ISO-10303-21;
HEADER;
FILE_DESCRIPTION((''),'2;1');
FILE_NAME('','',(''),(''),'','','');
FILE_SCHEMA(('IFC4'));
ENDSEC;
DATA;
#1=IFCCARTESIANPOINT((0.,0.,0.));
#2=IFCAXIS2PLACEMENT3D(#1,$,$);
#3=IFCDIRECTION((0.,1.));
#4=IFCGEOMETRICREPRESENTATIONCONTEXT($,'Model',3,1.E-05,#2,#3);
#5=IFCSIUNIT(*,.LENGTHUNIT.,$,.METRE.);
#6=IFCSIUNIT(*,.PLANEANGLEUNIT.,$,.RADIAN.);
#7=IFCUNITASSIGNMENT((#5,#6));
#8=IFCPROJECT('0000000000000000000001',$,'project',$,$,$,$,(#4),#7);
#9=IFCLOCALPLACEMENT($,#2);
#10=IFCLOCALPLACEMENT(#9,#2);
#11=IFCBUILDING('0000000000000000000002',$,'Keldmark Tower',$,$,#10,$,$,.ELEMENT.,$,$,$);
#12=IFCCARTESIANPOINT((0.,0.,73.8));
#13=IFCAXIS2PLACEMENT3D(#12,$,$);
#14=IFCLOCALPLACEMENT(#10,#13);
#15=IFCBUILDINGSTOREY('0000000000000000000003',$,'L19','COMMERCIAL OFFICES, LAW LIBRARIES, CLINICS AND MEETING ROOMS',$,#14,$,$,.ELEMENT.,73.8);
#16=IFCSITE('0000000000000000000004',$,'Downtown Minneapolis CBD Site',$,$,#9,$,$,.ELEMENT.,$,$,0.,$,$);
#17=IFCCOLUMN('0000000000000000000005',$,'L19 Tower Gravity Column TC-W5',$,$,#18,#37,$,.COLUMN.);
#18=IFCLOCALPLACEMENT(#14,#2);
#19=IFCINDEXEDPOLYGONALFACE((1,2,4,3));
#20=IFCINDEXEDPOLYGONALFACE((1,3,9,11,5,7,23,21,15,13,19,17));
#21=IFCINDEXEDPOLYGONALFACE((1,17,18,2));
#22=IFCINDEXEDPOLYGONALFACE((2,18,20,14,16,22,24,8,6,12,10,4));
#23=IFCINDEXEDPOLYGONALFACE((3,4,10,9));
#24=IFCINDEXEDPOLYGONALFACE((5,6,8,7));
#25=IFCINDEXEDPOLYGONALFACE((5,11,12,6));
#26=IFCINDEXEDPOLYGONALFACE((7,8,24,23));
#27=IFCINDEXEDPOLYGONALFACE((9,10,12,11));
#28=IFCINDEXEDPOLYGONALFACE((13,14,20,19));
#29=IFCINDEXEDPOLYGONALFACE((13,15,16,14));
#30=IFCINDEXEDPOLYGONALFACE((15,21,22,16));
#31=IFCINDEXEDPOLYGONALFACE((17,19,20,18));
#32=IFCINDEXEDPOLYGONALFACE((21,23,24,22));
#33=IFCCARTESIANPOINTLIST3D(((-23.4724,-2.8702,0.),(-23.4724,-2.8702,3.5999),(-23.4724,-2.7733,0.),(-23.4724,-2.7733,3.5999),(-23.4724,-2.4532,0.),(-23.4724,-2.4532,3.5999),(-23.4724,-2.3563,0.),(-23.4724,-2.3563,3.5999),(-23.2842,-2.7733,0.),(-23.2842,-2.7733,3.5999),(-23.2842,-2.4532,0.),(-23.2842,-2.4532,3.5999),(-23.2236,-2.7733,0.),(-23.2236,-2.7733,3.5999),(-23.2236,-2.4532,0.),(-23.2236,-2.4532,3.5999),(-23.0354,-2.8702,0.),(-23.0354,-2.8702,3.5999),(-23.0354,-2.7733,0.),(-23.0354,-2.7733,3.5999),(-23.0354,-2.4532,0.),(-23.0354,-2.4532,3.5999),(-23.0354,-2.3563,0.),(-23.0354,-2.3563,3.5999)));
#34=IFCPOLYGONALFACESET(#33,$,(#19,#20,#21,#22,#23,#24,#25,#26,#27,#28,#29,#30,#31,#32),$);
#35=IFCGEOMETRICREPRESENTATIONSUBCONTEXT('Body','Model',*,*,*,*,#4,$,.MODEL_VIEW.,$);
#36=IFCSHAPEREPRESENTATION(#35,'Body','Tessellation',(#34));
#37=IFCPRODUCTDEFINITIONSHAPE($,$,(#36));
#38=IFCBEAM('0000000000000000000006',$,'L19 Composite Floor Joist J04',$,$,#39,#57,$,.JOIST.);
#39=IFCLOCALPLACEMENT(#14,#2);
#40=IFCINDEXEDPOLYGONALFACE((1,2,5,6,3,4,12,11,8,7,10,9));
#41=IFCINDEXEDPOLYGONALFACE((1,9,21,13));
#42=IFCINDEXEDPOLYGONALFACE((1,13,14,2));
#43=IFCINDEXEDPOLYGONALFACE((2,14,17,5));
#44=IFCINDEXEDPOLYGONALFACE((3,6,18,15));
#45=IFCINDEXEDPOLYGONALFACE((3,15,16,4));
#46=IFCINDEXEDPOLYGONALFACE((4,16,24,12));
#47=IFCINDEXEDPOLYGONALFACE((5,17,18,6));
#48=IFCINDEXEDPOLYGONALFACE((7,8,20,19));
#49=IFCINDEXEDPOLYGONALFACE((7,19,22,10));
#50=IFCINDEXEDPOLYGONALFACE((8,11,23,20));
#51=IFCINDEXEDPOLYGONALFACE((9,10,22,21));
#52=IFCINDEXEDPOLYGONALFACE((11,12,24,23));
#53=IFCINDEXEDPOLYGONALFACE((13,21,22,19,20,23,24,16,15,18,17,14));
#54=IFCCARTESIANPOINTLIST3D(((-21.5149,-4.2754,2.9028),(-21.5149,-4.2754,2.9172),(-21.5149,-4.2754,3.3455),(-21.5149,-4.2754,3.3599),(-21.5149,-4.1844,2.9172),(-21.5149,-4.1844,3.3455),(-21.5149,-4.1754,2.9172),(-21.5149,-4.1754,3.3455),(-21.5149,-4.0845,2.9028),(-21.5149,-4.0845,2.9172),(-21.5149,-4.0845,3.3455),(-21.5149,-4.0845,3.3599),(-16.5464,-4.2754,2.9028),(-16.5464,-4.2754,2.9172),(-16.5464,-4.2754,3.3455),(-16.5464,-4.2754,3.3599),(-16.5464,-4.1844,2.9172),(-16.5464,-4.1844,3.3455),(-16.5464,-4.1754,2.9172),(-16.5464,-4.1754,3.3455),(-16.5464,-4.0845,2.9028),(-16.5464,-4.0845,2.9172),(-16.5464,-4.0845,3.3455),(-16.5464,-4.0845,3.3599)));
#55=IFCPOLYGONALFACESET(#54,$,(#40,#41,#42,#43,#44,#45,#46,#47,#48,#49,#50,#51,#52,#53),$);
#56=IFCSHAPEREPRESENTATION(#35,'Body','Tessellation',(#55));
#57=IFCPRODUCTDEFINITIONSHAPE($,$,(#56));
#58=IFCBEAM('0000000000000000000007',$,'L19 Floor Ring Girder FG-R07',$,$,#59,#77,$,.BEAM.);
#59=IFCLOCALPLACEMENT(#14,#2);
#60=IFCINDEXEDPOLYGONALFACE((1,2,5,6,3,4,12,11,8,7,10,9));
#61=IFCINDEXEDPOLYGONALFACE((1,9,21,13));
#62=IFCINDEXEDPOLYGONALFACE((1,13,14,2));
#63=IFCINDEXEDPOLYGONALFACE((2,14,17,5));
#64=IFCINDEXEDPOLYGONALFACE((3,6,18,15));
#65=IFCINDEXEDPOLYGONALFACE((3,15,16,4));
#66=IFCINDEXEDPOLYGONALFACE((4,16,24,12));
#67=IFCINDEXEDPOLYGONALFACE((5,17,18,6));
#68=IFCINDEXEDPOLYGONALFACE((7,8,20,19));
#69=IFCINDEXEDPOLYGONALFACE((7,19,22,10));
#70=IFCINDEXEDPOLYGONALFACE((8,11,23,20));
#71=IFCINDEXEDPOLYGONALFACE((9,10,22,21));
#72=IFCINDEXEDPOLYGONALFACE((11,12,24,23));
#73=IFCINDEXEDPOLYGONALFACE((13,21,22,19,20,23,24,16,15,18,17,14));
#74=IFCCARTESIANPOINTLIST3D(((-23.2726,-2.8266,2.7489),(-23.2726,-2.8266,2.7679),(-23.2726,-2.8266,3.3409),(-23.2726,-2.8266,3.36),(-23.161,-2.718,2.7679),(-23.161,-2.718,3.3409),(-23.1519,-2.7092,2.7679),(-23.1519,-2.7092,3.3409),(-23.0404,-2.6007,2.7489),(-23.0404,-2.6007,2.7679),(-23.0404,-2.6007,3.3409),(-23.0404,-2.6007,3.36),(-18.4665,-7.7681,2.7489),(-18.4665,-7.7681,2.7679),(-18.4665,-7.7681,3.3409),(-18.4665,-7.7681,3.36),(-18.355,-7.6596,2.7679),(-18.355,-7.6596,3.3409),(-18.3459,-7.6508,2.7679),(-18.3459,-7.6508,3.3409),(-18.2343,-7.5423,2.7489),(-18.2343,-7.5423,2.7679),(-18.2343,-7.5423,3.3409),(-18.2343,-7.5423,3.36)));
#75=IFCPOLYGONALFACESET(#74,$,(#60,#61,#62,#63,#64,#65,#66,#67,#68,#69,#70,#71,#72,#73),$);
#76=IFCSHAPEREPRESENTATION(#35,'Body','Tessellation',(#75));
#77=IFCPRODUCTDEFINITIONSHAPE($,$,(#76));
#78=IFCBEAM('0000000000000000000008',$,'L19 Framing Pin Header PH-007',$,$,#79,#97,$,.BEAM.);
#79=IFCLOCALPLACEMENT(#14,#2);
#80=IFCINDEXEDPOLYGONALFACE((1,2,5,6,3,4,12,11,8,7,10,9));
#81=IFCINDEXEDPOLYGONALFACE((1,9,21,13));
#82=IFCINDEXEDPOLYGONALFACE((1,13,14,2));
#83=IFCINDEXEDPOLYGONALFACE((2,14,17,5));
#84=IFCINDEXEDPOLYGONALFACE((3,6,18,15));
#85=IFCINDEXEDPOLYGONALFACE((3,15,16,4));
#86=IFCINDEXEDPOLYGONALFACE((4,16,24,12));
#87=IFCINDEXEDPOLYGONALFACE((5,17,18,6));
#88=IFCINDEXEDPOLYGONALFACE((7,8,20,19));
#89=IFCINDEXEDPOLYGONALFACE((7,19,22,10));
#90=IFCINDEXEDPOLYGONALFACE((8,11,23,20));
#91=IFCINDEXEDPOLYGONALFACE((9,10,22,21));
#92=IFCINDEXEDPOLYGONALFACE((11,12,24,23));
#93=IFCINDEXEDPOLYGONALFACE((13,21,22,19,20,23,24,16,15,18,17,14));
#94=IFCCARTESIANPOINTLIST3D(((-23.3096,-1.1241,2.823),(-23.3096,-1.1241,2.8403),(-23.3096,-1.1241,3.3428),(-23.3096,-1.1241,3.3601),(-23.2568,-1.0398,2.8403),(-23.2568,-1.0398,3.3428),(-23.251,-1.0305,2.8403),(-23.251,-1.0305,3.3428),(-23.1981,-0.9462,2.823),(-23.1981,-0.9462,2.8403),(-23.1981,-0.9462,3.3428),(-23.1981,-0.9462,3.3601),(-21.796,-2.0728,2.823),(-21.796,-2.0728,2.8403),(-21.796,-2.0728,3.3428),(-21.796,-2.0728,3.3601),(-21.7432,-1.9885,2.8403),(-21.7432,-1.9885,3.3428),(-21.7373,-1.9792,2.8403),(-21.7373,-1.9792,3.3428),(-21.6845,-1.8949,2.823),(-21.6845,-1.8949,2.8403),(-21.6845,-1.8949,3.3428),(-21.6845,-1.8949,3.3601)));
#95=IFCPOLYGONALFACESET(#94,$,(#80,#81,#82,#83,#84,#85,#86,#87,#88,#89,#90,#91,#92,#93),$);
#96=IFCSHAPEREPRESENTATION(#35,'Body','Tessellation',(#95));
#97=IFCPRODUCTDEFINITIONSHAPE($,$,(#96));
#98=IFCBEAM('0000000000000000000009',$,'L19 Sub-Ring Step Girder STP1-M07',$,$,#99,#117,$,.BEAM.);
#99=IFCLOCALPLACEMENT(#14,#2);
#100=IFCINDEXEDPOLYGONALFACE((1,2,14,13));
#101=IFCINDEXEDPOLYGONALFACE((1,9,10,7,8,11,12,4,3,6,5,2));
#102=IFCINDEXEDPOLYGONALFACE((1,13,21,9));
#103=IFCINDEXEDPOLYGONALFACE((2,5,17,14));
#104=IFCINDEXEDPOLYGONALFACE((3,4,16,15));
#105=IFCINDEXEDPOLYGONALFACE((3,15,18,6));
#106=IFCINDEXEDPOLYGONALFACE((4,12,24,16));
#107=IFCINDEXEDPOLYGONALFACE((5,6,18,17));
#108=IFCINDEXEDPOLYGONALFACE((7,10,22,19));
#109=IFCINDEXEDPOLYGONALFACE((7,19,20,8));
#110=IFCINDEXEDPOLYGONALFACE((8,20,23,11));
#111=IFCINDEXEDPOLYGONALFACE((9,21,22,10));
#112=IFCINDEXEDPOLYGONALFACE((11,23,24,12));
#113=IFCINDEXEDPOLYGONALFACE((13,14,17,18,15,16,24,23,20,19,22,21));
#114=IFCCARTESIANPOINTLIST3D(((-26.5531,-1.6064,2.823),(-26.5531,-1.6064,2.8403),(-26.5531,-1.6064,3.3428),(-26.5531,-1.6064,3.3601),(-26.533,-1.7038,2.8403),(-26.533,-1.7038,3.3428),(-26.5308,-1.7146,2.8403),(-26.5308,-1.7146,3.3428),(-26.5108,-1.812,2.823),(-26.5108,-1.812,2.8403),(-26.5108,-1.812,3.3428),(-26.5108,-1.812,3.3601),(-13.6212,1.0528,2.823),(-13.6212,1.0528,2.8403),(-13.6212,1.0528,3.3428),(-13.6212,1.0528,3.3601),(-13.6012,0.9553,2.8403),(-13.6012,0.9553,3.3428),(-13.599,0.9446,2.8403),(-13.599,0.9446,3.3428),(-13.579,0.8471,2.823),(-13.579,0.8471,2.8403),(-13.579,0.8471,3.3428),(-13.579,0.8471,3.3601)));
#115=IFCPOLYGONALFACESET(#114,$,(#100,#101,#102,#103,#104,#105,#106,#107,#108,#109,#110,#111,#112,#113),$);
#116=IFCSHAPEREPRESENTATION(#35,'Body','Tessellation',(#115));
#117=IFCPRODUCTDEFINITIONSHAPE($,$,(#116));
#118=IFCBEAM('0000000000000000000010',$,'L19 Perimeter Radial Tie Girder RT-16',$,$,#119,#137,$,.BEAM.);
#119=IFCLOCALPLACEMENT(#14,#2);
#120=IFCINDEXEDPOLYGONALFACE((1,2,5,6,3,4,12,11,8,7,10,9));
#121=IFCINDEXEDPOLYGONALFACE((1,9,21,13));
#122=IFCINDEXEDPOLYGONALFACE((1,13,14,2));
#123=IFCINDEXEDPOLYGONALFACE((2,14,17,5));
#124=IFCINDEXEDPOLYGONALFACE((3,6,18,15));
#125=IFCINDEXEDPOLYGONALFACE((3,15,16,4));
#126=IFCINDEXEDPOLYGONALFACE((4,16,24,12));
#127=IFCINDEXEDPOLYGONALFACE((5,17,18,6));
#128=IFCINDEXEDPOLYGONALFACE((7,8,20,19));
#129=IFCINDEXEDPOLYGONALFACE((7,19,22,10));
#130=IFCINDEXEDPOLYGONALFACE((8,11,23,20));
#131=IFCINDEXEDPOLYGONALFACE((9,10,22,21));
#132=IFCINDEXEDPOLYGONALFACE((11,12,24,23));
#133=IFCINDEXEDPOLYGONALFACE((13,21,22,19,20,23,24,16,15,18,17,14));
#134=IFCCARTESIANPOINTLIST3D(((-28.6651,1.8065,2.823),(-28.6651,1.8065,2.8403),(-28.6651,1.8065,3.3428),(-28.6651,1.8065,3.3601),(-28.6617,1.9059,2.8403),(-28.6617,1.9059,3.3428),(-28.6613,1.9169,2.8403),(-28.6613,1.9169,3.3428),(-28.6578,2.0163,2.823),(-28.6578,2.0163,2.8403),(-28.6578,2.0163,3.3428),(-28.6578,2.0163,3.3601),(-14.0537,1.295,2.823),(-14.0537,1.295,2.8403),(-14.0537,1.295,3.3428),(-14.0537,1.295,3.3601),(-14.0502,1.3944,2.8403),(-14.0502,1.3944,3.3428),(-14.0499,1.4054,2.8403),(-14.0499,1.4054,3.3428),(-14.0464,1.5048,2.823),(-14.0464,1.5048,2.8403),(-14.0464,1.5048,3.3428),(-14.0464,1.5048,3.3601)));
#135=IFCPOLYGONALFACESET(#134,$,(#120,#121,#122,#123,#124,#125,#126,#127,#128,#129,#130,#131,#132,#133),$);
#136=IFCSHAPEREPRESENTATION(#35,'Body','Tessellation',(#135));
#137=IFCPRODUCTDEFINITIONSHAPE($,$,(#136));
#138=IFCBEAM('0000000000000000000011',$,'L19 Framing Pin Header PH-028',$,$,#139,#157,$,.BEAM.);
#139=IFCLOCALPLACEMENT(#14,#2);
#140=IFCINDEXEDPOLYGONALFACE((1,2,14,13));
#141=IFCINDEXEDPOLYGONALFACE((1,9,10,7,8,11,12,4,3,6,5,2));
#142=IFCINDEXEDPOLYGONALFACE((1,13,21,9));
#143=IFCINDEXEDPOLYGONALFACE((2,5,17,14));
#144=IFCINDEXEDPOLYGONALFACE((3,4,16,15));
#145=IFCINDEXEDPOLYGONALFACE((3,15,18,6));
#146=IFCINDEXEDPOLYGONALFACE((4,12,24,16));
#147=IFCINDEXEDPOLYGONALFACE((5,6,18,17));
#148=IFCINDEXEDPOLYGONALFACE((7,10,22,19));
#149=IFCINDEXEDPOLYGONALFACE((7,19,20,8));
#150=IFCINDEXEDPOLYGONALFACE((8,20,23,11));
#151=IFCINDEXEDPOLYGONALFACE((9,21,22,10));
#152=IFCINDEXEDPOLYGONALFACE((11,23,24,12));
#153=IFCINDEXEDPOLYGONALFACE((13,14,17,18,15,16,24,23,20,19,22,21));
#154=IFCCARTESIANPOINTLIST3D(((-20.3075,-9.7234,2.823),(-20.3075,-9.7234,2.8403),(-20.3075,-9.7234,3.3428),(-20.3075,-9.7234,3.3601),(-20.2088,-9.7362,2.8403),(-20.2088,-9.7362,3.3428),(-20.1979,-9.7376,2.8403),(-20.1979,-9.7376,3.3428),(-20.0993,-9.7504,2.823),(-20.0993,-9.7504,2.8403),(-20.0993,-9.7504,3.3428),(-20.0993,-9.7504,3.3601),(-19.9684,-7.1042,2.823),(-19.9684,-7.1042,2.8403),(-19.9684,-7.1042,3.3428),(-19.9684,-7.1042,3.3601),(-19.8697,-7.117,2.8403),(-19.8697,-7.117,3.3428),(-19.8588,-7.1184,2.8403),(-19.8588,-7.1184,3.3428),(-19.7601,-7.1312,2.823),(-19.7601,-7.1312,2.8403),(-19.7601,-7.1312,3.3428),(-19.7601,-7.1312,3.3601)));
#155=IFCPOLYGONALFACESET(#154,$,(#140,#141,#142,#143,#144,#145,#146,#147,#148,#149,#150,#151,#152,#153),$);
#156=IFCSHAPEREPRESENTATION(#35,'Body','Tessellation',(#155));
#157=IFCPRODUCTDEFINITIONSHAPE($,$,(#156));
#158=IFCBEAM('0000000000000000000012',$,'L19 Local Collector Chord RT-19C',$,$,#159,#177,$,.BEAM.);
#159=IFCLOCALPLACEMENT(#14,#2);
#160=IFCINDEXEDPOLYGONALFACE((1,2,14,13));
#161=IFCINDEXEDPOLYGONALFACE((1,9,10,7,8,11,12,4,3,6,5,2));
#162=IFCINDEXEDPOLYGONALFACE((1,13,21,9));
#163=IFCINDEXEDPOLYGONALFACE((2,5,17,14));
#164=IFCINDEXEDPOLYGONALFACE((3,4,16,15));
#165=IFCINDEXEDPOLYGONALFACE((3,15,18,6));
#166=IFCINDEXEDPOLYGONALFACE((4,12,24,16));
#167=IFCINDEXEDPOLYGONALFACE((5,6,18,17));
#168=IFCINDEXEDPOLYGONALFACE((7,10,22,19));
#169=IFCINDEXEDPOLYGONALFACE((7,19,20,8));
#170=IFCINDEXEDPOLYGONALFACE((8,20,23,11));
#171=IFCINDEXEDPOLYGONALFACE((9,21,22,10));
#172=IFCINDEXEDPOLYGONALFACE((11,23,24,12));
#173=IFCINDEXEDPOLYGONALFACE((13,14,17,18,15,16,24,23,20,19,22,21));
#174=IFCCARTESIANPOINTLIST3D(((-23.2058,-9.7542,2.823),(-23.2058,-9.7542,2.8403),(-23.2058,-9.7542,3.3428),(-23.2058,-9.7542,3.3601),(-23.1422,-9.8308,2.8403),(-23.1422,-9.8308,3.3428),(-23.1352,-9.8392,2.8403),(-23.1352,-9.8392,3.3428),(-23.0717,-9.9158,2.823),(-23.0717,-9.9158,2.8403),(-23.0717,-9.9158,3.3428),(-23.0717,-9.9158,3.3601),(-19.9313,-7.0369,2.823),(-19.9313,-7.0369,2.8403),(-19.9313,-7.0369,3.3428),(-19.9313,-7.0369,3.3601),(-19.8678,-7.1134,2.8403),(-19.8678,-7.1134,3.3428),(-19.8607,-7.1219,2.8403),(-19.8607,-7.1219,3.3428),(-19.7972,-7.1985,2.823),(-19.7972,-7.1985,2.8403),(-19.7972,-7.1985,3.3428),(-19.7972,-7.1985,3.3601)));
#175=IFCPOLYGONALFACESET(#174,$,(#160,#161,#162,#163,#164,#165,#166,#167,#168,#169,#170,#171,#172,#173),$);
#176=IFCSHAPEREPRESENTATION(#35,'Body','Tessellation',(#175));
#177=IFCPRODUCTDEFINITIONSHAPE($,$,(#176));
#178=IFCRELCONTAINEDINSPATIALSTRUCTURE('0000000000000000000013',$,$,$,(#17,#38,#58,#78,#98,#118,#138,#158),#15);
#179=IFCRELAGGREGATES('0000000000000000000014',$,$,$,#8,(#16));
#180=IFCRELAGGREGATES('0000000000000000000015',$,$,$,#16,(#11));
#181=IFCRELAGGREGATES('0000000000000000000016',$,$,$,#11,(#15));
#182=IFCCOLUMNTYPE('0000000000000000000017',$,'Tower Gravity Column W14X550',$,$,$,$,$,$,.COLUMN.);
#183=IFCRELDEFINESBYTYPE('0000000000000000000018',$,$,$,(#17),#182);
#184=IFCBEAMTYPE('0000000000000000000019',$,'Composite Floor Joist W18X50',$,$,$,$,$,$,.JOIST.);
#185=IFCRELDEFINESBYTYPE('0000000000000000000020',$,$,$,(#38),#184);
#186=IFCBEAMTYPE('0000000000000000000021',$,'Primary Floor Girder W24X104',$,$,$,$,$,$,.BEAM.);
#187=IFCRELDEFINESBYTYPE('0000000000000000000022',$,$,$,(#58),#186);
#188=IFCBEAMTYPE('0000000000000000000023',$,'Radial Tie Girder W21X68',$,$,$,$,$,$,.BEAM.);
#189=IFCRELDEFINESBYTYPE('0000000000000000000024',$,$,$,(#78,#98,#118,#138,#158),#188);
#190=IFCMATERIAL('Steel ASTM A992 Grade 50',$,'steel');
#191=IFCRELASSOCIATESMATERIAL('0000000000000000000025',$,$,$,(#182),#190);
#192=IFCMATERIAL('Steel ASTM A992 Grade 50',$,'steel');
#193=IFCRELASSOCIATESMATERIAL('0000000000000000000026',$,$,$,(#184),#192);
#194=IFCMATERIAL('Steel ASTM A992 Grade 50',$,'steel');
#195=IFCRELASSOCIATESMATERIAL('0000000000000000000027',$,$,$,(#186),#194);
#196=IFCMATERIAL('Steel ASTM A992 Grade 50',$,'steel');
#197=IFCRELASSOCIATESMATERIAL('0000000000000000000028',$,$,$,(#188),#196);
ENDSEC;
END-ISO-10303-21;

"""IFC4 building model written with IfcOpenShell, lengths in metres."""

from ifc_helpers import new_model, si_unit, direction, frame, origin, origin_2d, place, context, subcontext, project, spatial, i_section, extrude, material, material_profile, profile_set, type_object, element, save


model = new_model("IFC4")

# Units and contexts
model_context = context("Model", 3, precision=1e-05, world=origin(), true_north=direction((0.0, 1.0)))
body_context = subcontext(model_context, "Body", "Model", "MODEL_VIEW")
ifc_project = project(units=[si_unit("LENGTHUNIT", "METRE"), si_unit("PLANEANGLEUNIT", "RADIAN")], contexts=[model_context])

# Site, building, storey
site_placement = place(None, origin())
site = spatial("IfcSite", under=ifc_project, at=site_placement, Name="Downtown Minneapolis CBD Site", CompositionType="ELEMENT", RefElevation=0.0)
building_placement = place(site_placement, origin())
building = spatial("IfcBuilding", under=site, at=building_placement, Name="Keldmark Tower", CompositionType="ELEMENT")
storey_placement = place(building_placement, frame((0.0, 0.0, 73.8)))
storey = spatial("IfcBuildingStorey", under=building, at=storey_placement, Name="L19", Description="COMMERCIAL OFFICES, LAW LIBRARIES, CLINICS AND MEETING ROOMS", CompositionType="ELEMENT", Elevation=73.8)

# Column
ifc_material_1 = material(Name="Steel ASTM A992 Grade 50", Category="steel")
ifc_material_profile_1 = material_profile(ifc_material_1, i_section(OverallWidth=0.437, OverallDepth=0.5139, WebThickness=0.0605, FlangeThickness=0.0969, at=origin_2d()), Name="W14X550")
ifc_profile_set_1 = profile_set([ifc_material_profile_1], Name="Steel ASTM A992 Grade 50")
column_type = type_object("IfcColumnType", Name="Tower Gravity Column W14X550", PredefinedType="COLUMN", material=ifc_profile_set_1)
column_placement = place(storey_placement, frame((-23.2539, -2.6133, 0.0), z_axis=(0.0, 0.0, 1.0), x_axis=(1.0, 0.0, 0.0)))
element("IfcColumn", 1, at=column_placement, inside=storey, type_object=column_type, Name="L19 Tower Gravity Column TC-W5", PredefinedType="COLUMN", context=body_context, shape_type="SweptSolid", body=[
    extrude(i_section(OverallWidth=0.437, OverallDepth=0.5139, WebThickness=0.0605, FlangeThickness=0.0969, at=origin_2d()), origin(), (0.0, 0.0, 1.0), 3.5999),
])

# Beams
ifc_material_2 = material(Name="Steel ASTM A992 Grade 50", Category="steel")
ifc_material_profile_2 = material_profile(ifc_material_2, i_section(OverallWidth=0.1909, OverallDepth=0.457, WebThickness=0.009, FlangeThickness=0.0144, at=origin_2d()), Name="W18X50")
ifc_profile_set_2 = profile_set([ifc_material_profile_2], Name="Steel ASTM A992 Grade 50")
beam_type_1 = type_object("IfcBeamType", Name="Composite Floor Joist W18X50", PredefinedType="JOIST", material=ifc_profile_set_2)
beam_1_placement = place(storey_placement, frame((-21.5149, -4.1799, 3.1313), z_axis=(1.0, 0.0, 0.0), x_axis=(0.0, 1.0, 0.0)))
element("IfcBeam", 2, at=beam_1_placement, inside=storey, type_object=beam_type_1, Name="L19 Composite Floor Joist J04", PredefinedType="JOIST", context=body_context, shape_type="SweptSolid", body=[
    extrude(i_section(OverallWidth=0.1909, OverallDepth=0.457, WebThickness=0.009, FlangeThickness=0.0144, at=origin_2d()), origin(), (0.0, 0.0, 1.0), 4.9685),
])
ifc_material_3 = material(Name="Steel ASTM A992 Grade 50", Category="steel")
ifc_material_profile_3 = material_profile(ifc_material_3, i_section(OverallWidth=0.324, OverallDepth=0.6111, WebThickness=0.0127, FlangeThickness=0.019, at=origin_2d()), Name="W24X104")
ifc_profile_set_3 = profile_set([ifc_material_profile_3], Name="Steel ASTM A992 Grade 50")
beam_type_2 = type_object("IfcBeamType", Name="Primary Floor Girder W24X104", PredefinedType="BEAM", material=ifc_profile_set_3)
beam_2_placement = place(storey_placement, frame((-23.1565, -2.7136, 3.0544), z_axis=(0.69721, -0.716867, 0.0), x_axis=(0.716867, 0.69721, 0.0)))
element("IfcBeam", 3, at=beam_2_placement, inside=storey, type_object=beam_type_2, Name="L19 Floor Ring Girder FG-R07", PredefinedType="BEAM", context=body_context, shape_type="SweptSolid", body=[
    extrude(i_section(OverallWidth=0.324, OverallDepth=0.6111, WebThickness=0.0127, FlangeThickness=0.019, at=origin_2d()), origin(), (0.0, 0.0, 1.0), 6.8933),
])
ifc_material_4 = material(Name="Steel ASTM A992 Grade 50", Category="steel")
ifc_material_profile_4 = material_profile(ifc_material_4, i_section(OverallWidth=0.21, OverallDepth=0.5371, WebThickness=0.011, FlangeThickness=0.0173, at=origin_2d()), Name="W21X68")
ifc_profile_set_4 = profile_set([ifc_material_profile_4], Name="Steel ASTM A992 Grade 50")
beam_type_3 = type_object("IfcBeamType", Name="Radial Tie Girder W21X68", PredefinedType="BEAM", material=ifc_profile_set_4)
beam_3_placement = place(storey_placement, frame((-21.7402, -1.9839, 3.0916), z_axis=(-0.847322, 0.53108, 0.0), x_axis=(-0.53108, -0.847322, 0.0)))
element("IfcBeam", 4, at=beam_3_placement, inside=storey, type_object=beam_type_3, Name="L19 Framing Pin Header PH-007", PredefinedType="BEAM", context=body_context, shape_type="SweptSolid", body=[
    extrude(i_section(OverallWidth=0.21, OverallDepth=0.5371, WebThickness=0.011, FlangeThickness=0.0173, at=origin_2d()), origin(), (0.0, 0.0, 1.0), 1.7864),
])
beam_4_placement = place(storey_placement, frame((-13.6001, 0.95, 3.0916), z_axis=(-0.979506, -0.201416, 0.0), x_axis=(0.201416, -0.979506, 0.0)))
element("IfcBeam", 5, at=beam_4_placement, inside=storey, type_object=beam_type_3, Name="L19 Sub-Ring Step Girder STP1-M07", PredefinedType="BEAM", context=body_context, shape_type="SweptSolid", body=[
    extrude(i_section(OverallWidth=0.21, OverallDepth=0.5371, WebThickness=0.011, FlangeThickness=0.0173, at=origin_2d()), origin(), (0.0, 0.0, 1.0), 13.2024),
])
beam_5_placement = place(storey_placement, frame((-14.05, 1.3999, 3.0916), z_axis=(-0.999388, 0.034984, 0.0), x_axis=(-0.034984, -0.999388, 0.0)))
element("IfcBeam", 6, at=beam_5_placement, inside=storey, type_object=beam_type_3, Name="L19 Perimeter Radial Tie Girder RT-16", PredefinedType="BEAM", context=body_context, shape_type="SweptSolid", body=[
    extrude(i_section(OverallWidth=0.21, OverallDepth=0.5371, WebThickness=0.011, FlangeThickness=0.0173, at=origin_2d()), origin(), (0.0, 0.0, 1.0), 14.6204),
])
beam_6_placement = place(storey_placement, frame((-19.8643, -7.1177, 3.0916), z_axis=(-0.128403, -0.991722, 0.0), x_axis=(0.991722, -0.128403, 0.0)))
element("IfcBeam", 7, at=beam_6_placement, inside=storey, type_object=beam_type_3, Name="L19 Framing Pin Header PH-028", PredefinedType="BEAM", context=body_context, shape_type="SweptSolid", body=[
    extrude(i_section(OverallWidth=0.21, OverallDepth=0.5371, WebThickness=0.011, FlangeThickness=0.0173, at=origin_2d()), origin(), (0.0, 0.0, 1.0), 2.6411),
])
beam_7_placement = place(storey_placement, frame((-19.8643, -7.1177, 3.0916), z_axis=(-0.769536, -0.638603, 0.0), x_axis=(0.638603, -0.769536, 0.0)))
element("IfcBeam", 8, at=beam_7_placement, inside=storey, type_object=beam_type_3, Name="L19 Local Collector Chord RT-19C", PredefinedType="BEAM", context=body_context, shape_type="SweptSolid", body=[
    extrude(i_section(OverallWidth=0.21, OverallDepth=0.5371, WebThickness=0.011, FlangeThickness=0.0173, at=origin_2d()), origin(), (0.0, 0.0, 1.0), 4.2551),
])

save(model, "model.ifc")
